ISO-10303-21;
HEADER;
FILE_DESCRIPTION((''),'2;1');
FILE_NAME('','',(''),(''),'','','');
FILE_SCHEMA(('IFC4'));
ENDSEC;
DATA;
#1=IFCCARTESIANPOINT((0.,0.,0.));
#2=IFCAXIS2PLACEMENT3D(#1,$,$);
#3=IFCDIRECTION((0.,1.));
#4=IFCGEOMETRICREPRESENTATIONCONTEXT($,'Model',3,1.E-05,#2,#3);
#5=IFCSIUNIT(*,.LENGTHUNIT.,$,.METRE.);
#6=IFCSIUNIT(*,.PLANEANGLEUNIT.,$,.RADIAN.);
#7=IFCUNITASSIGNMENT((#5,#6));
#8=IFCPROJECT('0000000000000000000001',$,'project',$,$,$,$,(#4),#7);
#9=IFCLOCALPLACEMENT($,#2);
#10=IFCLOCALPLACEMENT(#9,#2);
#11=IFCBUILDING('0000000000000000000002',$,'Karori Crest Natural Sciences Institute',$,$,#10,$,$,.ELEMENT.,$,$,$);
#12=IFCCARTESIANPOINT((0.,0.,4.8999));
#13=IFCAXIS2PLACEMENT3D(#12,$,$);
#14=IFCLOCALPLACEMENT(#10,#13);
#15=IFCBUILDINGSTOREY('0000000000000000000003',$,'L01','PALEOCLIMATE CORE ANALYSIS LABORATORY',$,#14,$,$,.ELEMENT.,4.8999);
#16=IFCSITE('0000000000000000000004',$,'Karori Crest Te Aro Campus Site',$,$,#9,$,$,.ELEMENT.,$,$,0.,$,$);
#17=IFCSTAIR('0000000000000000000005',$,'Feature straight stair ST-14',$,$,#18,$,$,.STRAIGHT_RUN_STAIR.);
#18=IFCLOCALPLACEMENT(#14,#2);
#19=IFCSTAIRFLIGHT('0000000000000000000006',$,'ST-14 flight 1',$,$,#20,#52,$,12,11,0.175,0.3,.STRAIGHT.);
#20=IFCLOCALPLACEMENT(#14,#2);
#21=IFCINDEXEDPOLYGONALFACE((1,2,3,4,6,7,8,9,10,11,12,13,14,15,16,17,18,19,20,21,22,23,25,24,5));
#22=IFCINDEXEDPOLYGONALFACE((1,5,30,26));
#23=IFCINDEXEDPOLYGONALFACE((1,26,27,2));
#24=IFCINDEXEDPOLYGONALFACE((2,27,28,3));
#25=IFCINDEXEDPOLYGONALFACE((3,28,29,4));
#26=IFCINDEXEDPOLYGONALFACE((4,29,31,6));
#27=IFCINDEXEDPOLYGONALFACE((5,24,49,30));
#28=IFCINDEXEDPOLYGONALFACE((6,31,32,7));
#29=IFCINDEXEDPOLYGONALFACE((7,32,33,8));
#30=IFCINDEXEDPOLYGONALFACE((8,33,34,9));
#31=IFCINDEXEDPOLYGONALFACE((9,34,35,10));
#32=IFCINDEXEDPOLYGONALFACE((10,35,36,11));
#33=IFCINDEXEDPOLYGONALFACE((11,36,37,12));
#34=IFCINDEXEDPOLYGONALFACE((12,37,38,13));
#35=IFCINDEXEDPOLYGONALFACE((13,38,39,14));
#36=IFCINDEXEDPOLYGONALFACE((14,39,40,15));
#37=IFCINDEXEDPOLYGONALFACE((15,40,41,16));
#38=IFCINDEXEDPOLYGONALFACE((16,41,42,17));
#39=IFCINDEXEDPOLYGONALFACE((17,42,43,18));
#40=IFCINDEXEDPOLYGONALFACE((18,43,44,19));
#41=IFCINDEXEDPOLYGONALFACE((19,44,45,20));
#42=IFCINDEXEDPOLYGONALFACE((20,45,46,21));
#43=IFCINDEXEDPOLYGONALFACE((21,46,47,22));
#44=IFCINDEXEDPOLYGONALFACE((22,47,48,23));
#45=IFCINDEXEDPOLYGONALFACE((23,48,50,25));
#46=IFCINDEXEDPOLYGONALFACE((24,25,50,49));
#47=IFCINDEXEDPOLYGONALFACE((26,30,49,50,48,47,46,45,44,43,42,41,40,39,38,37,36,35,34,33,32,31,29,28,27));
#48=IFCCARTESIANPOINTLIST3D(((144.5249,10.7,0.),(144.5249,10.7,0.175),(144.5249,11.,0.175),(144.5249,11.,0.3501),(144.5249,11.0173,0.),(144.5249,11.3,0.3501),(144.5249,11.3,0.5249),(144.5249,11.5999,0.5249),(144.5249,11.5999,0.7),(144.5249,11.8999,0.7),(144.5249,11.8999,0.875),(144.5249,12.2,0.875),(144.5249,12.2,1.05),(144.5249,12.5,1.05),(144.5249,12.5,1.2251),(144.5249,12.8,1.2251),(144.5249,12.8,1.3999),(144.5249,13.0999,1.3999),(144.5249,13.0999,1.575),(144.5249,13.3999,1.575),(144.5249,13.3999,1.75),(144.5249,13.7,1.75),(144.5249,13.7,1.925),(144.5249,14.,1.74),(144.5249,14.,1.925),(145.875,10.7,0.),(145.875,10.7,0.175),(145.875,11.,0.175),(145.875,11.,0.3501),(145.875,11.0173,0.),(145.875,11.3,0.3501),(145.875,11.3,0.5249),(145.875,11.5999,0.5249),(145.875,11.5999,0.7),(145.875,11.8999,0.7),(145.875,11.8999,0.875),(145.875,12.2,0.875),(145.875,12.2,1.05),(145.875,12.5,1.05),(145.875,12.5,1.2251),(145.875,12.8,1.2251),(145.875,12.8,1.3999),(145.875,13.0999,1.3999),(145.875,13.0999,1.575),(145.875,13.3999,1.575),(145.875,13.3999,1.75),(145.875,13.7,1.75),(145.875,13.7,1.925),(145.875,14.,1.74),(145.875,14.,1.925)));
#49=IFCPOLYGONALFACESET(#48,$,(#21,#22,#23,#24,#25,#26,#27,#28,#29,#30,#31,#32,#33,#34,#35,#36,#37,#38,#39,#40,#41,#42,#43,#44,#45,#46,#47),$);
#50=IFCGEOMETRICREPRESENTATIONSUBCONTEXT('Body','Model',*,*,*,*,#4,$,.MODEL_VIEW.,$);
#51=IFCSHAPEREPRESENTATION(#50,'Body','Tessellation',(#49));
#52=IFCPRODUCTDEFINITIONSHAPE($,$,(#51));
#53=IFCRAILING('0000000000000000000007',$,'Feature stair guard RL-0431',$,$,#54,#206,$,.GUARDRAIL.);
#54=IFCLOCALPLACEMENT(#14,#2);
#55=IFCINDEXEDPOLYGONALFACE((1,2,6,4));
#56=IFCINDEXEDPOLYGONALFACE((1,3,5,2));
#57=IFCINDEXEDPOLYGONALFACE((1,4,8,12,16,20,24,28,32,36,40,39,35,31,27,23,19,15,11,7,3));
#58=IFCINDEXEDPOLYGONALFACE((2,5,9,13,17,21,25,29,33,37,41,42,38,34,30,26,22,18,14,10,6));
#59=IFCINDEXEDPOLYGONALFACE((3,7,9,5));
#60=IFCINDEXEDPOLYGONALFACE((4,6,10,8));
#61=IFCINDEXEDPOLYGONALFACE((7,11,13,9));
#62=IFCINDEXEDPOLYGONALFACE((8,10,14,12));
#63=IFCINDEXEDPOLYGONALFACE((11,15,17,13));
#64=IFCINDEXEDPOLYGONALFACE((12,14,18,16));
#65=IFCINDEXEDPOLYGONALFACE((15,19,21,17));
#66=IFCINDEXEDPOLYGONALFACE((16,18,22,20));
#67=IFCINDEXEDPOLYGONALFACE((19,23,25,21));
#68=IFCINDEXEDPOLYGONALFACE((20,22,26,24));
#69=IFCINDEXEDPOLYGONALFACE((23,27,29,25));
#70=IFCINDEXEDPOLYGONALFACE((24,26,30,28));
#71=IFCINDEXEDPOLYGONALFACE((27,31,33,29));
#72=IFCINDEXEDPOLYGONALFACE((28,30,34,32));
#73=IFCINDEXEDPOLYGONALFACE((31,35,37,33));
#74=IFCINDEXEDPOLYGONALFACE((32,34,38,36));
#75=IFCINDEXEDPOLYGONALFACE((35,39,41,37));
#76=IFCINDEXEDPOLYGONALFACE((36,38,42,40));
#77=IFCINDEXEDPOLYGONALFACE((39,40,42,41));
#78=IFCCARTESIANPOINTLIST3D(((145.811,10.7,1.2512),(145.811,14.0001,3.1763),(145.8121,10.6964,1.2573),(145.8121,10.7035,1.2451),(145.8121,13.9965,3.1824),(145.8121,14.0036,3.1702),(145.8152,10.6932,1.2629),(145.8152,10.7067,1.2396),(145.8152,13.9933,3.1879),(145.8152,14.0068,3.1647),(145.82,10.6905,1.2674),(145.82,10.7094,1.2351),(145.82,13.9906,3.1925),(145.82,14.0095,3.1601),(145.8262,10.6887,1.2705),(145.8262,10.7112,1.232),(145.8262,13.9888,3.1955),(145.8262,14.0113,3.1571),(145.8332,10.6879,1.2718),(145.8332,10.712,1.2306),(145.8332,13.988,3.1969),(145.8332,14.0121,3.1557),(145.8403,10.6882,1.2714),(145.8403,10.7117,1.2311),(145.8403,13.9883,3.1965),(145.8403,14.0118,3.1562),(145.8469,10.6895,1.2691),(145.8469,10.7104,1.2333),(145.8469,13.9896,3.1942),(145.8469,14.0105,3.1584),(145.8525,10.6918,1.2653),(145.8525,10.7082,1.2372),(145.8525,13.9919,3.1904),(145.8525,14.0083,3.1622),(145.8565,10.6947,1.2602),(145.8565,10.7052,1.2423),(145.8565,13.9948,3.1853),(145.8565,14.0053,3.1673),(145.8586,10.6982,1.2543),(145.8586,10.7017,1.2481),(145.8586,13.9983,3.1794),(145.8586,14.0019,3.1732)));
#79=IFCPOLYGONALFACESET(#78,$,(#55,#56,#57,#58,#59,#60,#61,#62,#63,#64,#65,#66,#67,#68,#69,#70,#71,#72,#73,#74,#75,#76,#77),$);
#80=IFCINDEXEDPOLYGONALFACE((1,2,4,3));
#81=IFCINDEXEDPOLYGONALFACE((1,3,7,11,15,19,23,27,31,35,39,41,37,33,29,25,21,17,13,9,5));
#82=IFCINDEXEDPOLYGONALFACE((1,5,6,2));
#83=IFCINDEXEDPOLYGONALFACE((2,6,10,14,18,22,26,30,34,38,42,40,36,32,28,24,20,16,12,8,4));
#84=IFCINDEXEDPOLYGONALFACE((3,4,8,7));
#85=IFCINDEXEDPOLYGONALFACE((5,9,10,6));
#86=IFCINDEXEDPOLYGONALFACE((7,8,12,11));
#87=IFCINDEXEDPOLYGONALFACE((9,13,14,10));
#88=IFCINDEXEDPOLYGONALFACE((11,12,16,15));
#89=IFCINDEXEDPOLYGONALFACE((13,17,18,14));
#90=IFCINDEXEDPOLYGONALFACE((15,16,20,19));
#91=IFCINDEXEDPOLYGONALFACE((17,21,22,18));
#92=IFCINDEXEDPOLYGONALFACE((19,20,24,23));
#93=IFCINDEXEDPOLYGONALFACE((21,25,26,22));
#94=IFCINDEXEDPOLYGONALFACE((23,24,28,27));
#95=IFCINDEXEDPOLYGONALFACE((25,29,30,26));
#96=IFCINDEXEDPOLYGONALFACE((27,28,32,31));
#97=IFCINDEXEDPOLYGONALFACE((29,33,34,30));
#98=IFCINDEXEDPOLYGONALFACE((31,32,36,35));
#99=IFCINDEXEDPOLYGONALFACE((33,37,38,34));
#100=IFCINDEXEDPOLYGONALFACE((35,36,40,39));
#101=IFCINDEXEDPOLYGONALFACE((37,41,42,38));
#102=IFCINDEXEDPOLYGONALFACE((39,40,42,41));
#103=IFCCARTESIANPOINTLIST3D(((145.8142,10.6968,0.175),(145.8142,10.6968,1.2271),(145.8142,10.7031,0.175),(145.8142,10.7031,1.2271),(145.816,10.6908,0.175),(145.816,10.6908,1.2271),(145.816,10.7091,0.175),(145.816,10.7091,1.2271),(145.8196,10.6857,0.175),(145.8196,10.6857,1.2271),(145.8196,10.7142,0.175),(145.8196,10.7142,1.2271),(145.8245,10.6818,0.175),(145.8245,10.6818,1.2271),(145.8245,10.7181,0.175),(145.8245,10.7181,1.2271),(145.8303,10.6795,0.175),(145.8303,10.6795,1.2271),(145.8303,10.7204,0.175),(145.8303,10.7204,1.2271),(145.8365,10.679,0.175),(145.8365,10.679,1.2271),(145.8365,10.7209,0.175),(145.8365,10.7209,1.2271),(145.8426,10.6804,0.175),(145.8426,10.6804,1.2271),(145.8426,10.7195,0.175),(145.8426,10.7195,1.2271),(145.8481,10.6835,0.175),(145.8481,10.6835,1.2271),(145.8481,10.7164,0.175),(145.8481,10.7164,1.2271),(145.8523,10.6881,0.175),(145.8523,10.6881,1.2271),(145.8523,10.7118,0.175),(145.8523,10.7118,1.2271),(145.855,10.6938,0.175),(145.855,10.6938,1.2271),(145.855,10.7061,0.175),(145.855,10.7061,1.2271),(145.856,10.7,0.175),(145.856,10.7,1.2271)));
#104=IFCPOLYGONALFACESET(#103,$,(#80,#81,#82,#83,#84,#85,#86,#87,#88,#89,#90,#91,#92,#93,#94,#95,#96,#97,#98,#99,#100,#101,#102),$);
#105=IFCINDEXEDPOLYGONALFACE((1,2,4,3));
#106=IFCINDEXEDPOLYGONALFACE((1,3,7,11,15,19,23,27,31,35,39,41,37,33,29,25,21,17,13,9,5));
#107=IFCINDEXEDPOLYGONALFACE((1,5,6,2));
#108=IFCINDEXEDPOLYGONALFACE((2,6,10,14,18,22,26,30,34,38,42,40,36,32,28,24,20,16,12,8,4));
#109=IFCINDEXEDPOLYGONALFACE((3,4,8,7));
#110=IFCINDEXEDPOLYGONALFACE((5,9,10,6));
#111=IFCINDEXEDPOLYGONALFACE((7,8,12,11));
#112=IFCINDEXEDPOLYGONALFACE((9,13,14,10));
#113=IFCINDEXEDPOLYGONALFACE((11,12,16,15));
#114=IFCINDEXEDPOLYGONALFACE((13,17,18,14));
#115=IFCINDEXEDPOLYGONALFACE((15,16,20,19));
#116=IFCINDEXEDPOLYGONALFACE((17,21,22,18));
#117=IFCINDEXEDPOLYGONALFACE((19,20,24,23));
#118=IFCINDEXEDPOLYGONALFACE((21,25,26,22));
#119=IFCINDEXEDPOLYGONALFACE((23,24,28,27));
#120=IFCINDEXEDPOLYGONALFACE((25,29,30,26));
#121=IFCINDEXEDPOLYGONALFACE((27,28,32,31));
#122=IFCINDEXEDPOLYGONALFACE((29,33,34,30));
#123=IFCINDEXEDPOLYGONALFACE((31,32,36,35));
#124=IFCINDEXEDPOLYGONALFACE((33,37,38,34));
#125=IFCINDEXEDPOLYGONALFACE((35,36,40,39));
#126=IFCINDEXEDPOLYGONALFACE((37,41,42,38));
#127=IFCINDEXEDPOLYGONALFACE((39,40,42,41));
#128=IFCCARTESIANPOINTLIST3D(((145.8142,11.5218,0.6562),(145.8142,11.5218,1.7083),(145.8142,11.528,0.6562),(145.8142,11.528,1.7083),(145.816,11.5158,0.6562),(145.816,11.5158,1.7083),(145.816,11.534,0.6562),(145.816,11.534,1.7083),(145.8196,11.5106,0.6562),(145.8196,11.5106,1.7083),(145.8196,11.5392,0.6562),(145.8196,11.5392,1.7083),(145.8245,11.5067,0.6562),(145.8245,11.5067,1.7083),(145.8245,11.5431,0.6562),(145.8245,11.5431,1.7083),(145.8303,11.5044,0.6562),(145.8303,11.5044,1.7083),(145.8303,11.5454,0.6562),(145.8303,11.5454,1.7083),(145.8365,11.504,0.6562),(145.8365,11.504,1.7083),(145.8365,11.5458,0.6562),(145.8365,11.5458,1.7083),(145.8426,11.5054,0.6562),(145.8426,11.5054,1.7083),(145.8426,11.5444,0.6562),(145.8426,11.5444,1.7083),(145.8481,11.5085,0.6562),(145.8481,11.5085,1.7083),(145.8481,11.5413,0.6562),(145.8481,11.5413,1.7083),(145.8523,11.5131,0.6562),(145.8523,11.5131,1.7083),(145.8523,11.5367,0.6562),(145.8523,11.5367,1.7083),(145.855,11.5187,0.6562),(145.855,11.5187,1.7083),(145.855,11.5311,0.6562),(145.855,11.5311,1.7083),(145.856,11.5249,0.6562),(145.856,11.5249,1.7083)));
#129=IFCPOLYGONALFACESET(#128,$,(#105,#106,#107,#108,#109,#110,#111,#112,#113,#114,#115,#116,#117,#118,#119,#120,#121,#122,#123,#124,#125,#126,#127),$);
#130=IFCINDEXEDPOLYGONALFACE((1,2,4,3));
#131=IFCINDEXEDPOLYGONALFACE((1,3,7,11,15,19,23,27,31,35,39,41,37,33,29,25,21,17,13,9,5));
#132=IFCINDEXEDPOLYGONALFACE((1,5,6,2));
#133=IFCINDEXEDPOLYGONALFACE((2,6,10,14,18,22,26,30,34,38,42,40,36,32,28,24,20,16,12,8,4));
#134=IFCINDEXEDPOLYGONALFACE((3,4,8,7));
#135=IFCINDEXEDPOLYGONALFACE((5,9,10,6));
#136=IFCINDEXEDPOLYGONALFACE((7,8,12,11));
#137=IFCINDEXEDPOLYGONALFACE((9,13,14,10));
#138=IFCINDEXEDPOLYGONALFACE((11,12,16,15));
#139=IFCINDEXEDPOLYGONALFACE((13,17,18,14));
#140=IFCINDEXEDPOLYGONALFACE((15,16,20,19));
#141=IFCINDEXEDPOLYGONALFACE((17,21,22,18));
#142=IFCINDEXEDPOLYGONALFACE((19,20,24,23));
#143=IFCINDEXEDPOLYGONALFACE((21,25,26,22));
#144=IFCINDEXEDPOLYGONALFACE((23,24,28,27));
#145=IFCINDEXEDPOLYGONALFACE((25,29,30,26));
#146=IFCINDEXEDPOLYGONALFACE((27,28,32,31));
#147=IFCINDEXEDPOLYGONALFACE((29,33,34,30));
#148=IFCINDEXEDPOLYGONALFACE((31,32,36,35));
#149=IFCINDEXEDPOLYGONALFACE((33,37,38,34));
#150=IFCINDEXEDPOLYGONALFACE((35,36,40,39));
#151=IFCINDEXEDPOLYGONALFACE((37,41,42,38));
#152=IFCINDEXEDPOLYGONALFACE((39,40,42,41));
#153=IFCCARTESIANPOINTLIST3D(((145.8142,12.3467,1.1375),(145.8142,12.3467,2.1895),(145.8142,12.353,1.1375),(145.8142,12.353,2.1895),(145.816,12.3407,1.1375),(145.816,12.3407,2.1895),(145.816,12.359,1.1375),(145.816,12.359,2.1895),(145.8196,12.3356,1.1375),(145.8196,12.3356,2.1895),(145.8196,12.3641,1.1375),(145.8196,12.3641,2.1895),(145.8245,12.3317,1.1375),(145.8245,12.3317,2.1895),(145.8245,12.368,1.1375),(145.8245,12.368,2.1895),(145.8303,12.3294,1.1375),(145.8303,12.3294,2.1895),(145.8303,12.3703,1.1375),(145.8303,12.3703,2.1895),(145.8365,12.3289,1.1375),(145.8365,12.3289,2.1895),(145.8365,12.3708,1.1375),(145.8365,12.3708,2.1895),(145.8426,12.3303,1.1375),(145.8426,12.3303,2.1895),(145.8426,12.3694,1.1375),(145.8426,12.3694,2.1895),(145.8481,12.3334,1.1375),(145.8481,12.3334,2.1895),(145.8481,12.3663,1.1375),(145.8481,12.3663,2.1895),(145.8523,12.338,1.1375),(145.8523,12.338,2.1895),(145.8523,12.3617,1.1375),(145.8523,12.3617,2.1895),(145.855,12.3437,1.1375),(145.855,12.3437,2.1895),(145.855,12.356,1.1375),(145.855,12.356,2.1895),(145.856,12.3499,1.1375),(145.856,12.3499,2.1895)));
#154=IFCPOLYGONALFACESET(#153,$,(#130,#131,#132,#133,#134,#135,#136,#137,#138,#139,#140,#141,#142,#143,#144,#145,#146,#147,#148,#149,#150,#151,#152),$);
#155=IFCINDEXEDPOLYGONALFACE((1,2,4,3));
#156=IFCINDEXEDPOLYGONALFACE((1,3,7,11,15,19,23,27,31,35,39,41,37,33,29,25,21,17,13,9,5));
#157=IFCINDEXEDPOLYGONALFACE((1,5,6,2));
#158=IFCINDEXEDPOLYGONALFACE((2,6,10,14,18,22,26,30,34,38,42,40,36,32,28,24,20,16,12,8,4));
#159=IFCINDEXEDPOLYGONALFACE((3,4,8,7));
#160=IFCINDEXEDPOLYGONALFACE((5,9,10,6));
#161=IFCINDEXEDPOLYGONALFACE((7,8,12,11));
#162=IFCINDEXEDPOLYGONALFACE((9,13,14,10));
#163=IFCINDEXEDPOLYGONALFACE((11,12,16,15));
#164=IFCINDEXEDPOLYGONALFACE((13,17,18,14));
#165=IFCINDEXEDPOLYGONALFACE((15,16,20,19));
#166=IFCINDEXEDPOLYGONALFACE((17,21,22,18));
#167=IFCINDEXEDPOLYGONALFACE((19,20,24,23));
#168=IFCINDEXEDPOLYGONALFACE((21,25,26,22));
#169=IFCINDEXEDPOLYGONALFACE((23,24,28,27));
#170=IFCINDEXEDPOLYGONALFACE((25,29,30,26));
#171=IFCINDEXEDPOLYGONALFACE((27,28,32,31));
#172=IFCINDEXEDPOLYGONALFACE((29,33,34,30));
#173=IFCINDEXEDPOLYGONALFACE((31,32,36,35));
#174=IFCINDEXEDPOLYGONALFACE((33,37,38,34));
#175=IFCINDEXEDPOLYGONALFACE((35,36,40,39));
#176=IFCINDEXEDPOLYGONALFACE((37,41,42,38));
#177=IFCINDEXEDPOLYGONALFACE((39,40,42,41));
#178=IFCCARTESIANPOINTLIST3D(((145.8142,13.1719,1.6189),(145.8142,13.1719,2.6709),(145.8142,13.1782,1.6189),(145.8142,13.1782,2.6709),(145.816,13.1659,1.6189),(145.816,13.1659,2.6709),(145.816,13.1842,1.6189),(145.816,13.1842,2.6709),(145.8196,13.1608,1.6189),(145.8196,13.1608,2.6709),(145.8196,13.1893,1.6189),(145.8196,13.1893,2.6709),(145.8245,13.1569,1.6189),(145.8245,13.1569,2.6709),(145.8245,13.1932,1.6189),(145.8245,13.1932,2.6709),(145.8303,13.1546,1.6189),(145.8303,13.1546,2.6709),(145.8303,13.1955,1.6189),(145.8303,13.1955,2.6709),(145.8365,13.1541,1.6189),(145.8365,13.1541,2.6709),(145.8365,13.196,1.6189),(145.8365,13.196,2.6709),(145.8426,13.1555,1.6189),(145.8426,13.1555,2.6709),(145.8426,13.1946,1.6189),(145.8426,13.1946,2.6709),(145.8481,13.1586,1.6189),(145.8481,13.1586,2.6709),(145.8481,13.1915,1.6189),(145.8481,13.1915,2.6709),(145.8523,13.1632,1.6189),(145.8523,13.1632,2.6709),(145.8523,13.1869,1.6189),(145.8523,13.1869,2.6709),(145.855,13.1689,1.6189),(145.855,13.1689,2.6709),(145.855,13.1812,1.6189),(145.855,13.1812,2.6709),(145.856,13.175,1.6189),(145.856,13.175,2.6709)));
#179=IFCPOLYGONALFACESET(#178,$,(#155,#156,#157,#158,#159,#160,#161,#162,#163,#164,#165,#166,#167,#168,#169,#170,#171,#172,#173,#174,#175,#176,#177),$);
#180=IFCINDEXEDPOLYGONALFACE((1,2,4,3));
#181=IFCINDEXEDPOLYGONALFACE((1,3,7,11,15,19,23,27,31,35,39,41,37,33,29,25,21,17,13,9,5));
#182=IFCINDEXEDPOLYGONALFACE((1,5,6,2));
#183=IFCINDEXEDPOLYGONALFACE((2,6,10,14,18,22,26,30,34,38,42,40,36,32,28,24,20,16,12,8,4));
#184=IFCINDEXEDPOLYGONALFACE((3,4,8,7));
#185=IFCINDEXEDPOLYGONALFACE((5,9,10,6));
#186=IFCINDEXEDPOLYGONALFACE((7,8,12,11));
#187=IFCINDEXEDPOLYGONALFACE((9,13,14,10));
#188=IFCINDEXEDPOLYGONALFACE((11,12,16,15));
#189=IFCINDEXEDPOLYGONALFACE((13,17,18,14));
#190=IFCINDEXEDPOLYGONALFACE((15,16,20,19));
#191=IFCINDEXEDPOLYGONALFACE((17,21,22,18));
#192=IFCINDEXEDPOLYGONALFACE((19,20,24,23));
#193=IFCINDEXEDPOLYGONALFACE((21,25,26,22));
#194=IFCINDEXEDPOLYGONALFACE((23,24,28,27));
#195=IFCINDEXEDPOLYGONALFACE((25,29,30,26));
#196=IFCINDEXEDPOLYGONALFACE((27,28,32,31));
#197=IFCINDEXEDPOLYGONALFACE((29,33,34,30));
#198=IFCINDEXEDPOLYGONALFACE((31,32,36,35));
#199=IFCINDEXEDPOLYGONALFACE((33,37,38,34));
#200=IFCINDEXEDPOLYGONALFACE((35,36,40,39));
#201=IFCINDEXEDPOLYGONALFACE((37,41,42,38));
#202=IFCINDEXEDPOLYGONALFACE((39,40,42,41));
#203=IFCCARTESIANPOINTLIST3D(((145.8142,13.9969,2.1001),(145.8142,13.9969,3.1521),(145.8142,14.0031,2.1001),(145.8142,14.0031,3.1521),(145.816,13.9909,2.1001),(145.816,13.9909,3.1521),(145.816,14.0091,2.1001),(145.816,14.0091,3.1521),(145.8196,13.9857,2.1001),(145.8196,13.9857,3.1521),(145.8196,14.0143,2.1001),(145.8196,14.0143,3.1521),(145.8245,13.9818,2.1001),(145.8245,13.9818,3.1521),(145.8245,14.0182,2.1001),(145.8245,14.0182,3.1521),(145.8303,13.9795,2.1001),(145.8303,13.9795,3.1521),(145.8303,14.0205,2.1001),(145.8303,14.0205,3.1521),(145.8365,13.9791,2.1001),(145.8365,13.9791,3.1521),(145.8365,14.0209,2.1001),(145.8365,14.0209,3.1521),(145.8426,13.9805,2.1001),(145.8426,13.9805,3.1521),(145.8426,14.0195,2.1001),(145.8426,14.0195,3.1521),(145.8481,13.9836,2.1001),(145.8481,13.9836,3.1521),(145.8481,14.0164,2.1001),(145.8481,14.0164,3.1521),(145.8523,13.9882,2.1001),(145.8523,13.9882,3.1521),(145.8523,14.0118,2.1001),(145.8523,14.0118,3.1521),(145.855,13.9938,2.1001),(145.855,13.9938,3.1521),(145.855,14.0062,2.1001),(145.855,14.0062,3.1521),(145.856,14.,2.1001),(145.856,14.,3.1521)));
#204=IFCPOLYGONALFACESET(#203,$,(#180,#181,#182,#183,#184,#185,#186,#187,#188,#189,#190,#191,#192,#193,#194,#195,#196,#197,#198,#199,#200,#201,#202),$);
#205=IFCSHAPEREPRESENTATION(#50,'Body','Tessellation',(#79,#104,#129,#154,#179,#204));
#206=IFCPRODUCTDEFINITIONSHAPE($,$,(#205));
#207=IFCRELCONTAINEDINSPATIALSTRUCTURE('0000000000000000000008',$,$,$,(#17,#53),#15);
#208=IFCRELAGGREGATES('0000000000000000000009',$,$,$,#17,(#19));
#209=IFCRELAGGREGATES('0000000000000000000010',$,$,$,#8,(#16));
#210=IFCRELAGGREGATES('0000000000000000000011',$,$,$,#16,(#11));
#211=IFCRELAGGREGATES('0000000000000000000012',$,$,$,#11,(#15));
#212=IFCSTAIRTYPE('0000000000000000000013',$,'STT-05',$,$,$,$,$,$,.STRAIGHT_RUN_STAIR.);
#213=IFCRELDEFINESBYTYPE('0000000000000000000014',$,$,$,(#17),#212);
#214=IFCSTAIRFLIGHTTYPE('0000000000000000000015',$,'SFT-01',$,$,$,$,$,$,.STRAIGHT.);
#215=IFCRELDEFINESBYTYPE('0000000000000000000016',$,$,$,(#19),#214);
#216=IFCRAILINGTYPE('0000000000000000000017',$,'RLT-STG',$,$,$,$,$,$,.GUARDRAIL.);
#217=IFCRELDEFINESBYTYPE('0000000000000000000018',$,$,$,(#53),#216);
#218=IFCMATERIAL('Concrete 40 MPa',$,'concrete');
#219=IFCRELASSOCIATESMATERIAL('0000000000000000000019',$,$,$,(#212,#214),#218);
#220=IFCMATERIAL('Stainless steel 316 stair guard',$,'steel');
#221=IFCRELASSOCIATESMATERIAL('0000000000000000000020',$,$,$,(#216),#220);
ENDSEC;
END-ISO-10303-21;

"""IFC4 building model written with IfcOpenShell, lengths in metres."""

from ifc_helpers import new_model, si_unit, direction, frame, origin, origin_2d, place, context, subcontext, project, spatial, polyline, circle, outline, extrude, material, type_object, element, aggregate, save


model = new_model("IFC4")

# Units and contexts
model_context = context("Model", 3, precision=1e-05, world=origin(), true_north=direction((0.0, 1.0)))
body_context = subcontext(model_context, "Body", "Model", "MODEL_VIEW")
ifc_project = project(units=[si_unit("LENGTHUNIT", "METRE"), si_unit("PLANEANGLEUNIT", "RADIAN")], contexts=[model_context])

# Site, building, storey
site_placement = place(None, origin())
site = spatial("IfcSite", under=ifc_project, at=site_placement, Name="Karori Crest Te Aro Campus Site", CompositionType="ELEMENT", RefElevation=0.0)
building_placement = place(site_placement, origin())
building = spatial("IfcBuilding", under=site, at=building_placement, Name="Karori Crest Natural Sciences Institute", CompositionType="ELEMENT")
storey_placement = place(building_placement, frame((0.0, 0.0, 4.8999)))
storey = spatial("IfcBuildingStorey", under=building, at=storey_placement, Name="L01", Description="PALEOCLIMATE CORE ANALYSIS LABORATORY", CompositionType="ELEMENT", Elevation=4.8999)

# Stair, stair flight
ifc_material_1 = material(Name="Concrete 40 MPa", Category="concrete")
stair_type = type_object("IfcStairType", Name="STT-05", PredefinedType="STRAIGHT_RUN_STAIR", material=ifc_material_1)
stair_placement = place(storey_placement, origin())
stair = element("IfcStair", 1, at=stair_placement, inside=storey, type_object=stair_type, Name="Feature straight stair ST-14", PredefinedType="STRAIGHT_RUN_STAIR")
stair_flight_type = type_object("IfcStairFlightType", Name="SFT-01", PredefinedType="STRAIGHT", material=ifc_material_1)
stair_flight_placement = place(storey_placement, frame((145.2, 10.7, 0.0), z_axis=(0.0, 0.0, 1.0), x_axis=(0.0, 1.0, 0.0)))
stair_flight = element("IfcStairFlight", 2, at=stair_flight_placement, type_object=stair_flight_type, Name="ST-14 flight 1", NumberOfRisers=12, NumberOfTreads=11, PredefinedType="STRAIGHT", RiserHeight=0.175, TreadLength=0.3, context=body_context, shape_type="SweptSolid", body=[
    extrude(outline(polyline([(0.0, 0.0), (0.0, 0.175), (0.3, 0.175), (0.3, 0.3501), (0.6001, 0.3501), (0.6001, 0.5249), (0.8999, 0.5249), (0.8999, 0.7), (1.2, 0.7), (1.2, 0.875), (1.5, 0.875), (1.5, 1.05), (1.8, 1.05), (1.8, 1.2251), (2.1001, 1.2251), (2.1001, 1.3999), (2.3999, 1.3999), (2.3999, 1.575), (2.7, 1.575), (2.7, 1.75), (3.0, 1.75), (3.0, 1.925), (3.3, 1.925), (3.3, 2.1001), (3.3, 1.74), (0.3174, 0.0), (0.0, 0.0)])), frame((0.0, 0.675, 0.0), z_axis=(0.0, -1.0, 0.0), x_axis=(1.0, 0.0, 0.0)), (0.0, 0.0, 1.0), 1.3501),
])
aggregate(stair, [stair_flight])

# Railing
ifc_material_2 = material(Name="Stainless steel 316 stair guard", Category="steel")
railing_type = type_object("IfcRailingType", Name="RLT-STG", PredefinedType="GUARDRAIL", material=ifc_material_2)
railing_1_placement = place(storey_placement, frame((145.835, 10.7, 0.175)))
element("IfcRailing", 3, at=railing_1_placement, inside=storey, type_object=railing_type, Name="Feature stair guard RL-0431", PredefinedType="GUARDRAIL", context=body_context, shape_type="SweptSolid", body=[
    extrude(circle(Radius=0.0239, at=origin_2d()), frame((0.0, 0.0, 1.0762), z_axis=(0.0, 0.863777, 0.503875), x_axis=(-1.0, 0.0, 0.0)), (0.0, 0.0, 1.0), 3.8206),
    extrude(circle(Radius=0.021, at=origin_2d()), origin(), (0.0, 0.0, 1.0), 1.052),
    extrude(circle(Radius=0.021, at=origin_2d()), frame((0.0, 0.825, 0.4812)), (0.0, 0.0, 1.0), 1.052),
    extrude(circle(Radius=0.021, at=origin_2d()), frame((0.0, 1.6499, 0.9624)), (0.0, 0.0, 1.0), 1.052),
    extrude(circle(Radius=0.021, at=origin_2d()), frame((0.0, 2.4751, 1.4438)), (0.0, 0.0, 1.0), 1.052),
    extrude(circle(Radius=0.021, at=origin_2d()), frame((0.0, 3.3, 1.925)), (0.0, 0.0, 1.0), 1.052),
])

save(model, "model.ifc")
